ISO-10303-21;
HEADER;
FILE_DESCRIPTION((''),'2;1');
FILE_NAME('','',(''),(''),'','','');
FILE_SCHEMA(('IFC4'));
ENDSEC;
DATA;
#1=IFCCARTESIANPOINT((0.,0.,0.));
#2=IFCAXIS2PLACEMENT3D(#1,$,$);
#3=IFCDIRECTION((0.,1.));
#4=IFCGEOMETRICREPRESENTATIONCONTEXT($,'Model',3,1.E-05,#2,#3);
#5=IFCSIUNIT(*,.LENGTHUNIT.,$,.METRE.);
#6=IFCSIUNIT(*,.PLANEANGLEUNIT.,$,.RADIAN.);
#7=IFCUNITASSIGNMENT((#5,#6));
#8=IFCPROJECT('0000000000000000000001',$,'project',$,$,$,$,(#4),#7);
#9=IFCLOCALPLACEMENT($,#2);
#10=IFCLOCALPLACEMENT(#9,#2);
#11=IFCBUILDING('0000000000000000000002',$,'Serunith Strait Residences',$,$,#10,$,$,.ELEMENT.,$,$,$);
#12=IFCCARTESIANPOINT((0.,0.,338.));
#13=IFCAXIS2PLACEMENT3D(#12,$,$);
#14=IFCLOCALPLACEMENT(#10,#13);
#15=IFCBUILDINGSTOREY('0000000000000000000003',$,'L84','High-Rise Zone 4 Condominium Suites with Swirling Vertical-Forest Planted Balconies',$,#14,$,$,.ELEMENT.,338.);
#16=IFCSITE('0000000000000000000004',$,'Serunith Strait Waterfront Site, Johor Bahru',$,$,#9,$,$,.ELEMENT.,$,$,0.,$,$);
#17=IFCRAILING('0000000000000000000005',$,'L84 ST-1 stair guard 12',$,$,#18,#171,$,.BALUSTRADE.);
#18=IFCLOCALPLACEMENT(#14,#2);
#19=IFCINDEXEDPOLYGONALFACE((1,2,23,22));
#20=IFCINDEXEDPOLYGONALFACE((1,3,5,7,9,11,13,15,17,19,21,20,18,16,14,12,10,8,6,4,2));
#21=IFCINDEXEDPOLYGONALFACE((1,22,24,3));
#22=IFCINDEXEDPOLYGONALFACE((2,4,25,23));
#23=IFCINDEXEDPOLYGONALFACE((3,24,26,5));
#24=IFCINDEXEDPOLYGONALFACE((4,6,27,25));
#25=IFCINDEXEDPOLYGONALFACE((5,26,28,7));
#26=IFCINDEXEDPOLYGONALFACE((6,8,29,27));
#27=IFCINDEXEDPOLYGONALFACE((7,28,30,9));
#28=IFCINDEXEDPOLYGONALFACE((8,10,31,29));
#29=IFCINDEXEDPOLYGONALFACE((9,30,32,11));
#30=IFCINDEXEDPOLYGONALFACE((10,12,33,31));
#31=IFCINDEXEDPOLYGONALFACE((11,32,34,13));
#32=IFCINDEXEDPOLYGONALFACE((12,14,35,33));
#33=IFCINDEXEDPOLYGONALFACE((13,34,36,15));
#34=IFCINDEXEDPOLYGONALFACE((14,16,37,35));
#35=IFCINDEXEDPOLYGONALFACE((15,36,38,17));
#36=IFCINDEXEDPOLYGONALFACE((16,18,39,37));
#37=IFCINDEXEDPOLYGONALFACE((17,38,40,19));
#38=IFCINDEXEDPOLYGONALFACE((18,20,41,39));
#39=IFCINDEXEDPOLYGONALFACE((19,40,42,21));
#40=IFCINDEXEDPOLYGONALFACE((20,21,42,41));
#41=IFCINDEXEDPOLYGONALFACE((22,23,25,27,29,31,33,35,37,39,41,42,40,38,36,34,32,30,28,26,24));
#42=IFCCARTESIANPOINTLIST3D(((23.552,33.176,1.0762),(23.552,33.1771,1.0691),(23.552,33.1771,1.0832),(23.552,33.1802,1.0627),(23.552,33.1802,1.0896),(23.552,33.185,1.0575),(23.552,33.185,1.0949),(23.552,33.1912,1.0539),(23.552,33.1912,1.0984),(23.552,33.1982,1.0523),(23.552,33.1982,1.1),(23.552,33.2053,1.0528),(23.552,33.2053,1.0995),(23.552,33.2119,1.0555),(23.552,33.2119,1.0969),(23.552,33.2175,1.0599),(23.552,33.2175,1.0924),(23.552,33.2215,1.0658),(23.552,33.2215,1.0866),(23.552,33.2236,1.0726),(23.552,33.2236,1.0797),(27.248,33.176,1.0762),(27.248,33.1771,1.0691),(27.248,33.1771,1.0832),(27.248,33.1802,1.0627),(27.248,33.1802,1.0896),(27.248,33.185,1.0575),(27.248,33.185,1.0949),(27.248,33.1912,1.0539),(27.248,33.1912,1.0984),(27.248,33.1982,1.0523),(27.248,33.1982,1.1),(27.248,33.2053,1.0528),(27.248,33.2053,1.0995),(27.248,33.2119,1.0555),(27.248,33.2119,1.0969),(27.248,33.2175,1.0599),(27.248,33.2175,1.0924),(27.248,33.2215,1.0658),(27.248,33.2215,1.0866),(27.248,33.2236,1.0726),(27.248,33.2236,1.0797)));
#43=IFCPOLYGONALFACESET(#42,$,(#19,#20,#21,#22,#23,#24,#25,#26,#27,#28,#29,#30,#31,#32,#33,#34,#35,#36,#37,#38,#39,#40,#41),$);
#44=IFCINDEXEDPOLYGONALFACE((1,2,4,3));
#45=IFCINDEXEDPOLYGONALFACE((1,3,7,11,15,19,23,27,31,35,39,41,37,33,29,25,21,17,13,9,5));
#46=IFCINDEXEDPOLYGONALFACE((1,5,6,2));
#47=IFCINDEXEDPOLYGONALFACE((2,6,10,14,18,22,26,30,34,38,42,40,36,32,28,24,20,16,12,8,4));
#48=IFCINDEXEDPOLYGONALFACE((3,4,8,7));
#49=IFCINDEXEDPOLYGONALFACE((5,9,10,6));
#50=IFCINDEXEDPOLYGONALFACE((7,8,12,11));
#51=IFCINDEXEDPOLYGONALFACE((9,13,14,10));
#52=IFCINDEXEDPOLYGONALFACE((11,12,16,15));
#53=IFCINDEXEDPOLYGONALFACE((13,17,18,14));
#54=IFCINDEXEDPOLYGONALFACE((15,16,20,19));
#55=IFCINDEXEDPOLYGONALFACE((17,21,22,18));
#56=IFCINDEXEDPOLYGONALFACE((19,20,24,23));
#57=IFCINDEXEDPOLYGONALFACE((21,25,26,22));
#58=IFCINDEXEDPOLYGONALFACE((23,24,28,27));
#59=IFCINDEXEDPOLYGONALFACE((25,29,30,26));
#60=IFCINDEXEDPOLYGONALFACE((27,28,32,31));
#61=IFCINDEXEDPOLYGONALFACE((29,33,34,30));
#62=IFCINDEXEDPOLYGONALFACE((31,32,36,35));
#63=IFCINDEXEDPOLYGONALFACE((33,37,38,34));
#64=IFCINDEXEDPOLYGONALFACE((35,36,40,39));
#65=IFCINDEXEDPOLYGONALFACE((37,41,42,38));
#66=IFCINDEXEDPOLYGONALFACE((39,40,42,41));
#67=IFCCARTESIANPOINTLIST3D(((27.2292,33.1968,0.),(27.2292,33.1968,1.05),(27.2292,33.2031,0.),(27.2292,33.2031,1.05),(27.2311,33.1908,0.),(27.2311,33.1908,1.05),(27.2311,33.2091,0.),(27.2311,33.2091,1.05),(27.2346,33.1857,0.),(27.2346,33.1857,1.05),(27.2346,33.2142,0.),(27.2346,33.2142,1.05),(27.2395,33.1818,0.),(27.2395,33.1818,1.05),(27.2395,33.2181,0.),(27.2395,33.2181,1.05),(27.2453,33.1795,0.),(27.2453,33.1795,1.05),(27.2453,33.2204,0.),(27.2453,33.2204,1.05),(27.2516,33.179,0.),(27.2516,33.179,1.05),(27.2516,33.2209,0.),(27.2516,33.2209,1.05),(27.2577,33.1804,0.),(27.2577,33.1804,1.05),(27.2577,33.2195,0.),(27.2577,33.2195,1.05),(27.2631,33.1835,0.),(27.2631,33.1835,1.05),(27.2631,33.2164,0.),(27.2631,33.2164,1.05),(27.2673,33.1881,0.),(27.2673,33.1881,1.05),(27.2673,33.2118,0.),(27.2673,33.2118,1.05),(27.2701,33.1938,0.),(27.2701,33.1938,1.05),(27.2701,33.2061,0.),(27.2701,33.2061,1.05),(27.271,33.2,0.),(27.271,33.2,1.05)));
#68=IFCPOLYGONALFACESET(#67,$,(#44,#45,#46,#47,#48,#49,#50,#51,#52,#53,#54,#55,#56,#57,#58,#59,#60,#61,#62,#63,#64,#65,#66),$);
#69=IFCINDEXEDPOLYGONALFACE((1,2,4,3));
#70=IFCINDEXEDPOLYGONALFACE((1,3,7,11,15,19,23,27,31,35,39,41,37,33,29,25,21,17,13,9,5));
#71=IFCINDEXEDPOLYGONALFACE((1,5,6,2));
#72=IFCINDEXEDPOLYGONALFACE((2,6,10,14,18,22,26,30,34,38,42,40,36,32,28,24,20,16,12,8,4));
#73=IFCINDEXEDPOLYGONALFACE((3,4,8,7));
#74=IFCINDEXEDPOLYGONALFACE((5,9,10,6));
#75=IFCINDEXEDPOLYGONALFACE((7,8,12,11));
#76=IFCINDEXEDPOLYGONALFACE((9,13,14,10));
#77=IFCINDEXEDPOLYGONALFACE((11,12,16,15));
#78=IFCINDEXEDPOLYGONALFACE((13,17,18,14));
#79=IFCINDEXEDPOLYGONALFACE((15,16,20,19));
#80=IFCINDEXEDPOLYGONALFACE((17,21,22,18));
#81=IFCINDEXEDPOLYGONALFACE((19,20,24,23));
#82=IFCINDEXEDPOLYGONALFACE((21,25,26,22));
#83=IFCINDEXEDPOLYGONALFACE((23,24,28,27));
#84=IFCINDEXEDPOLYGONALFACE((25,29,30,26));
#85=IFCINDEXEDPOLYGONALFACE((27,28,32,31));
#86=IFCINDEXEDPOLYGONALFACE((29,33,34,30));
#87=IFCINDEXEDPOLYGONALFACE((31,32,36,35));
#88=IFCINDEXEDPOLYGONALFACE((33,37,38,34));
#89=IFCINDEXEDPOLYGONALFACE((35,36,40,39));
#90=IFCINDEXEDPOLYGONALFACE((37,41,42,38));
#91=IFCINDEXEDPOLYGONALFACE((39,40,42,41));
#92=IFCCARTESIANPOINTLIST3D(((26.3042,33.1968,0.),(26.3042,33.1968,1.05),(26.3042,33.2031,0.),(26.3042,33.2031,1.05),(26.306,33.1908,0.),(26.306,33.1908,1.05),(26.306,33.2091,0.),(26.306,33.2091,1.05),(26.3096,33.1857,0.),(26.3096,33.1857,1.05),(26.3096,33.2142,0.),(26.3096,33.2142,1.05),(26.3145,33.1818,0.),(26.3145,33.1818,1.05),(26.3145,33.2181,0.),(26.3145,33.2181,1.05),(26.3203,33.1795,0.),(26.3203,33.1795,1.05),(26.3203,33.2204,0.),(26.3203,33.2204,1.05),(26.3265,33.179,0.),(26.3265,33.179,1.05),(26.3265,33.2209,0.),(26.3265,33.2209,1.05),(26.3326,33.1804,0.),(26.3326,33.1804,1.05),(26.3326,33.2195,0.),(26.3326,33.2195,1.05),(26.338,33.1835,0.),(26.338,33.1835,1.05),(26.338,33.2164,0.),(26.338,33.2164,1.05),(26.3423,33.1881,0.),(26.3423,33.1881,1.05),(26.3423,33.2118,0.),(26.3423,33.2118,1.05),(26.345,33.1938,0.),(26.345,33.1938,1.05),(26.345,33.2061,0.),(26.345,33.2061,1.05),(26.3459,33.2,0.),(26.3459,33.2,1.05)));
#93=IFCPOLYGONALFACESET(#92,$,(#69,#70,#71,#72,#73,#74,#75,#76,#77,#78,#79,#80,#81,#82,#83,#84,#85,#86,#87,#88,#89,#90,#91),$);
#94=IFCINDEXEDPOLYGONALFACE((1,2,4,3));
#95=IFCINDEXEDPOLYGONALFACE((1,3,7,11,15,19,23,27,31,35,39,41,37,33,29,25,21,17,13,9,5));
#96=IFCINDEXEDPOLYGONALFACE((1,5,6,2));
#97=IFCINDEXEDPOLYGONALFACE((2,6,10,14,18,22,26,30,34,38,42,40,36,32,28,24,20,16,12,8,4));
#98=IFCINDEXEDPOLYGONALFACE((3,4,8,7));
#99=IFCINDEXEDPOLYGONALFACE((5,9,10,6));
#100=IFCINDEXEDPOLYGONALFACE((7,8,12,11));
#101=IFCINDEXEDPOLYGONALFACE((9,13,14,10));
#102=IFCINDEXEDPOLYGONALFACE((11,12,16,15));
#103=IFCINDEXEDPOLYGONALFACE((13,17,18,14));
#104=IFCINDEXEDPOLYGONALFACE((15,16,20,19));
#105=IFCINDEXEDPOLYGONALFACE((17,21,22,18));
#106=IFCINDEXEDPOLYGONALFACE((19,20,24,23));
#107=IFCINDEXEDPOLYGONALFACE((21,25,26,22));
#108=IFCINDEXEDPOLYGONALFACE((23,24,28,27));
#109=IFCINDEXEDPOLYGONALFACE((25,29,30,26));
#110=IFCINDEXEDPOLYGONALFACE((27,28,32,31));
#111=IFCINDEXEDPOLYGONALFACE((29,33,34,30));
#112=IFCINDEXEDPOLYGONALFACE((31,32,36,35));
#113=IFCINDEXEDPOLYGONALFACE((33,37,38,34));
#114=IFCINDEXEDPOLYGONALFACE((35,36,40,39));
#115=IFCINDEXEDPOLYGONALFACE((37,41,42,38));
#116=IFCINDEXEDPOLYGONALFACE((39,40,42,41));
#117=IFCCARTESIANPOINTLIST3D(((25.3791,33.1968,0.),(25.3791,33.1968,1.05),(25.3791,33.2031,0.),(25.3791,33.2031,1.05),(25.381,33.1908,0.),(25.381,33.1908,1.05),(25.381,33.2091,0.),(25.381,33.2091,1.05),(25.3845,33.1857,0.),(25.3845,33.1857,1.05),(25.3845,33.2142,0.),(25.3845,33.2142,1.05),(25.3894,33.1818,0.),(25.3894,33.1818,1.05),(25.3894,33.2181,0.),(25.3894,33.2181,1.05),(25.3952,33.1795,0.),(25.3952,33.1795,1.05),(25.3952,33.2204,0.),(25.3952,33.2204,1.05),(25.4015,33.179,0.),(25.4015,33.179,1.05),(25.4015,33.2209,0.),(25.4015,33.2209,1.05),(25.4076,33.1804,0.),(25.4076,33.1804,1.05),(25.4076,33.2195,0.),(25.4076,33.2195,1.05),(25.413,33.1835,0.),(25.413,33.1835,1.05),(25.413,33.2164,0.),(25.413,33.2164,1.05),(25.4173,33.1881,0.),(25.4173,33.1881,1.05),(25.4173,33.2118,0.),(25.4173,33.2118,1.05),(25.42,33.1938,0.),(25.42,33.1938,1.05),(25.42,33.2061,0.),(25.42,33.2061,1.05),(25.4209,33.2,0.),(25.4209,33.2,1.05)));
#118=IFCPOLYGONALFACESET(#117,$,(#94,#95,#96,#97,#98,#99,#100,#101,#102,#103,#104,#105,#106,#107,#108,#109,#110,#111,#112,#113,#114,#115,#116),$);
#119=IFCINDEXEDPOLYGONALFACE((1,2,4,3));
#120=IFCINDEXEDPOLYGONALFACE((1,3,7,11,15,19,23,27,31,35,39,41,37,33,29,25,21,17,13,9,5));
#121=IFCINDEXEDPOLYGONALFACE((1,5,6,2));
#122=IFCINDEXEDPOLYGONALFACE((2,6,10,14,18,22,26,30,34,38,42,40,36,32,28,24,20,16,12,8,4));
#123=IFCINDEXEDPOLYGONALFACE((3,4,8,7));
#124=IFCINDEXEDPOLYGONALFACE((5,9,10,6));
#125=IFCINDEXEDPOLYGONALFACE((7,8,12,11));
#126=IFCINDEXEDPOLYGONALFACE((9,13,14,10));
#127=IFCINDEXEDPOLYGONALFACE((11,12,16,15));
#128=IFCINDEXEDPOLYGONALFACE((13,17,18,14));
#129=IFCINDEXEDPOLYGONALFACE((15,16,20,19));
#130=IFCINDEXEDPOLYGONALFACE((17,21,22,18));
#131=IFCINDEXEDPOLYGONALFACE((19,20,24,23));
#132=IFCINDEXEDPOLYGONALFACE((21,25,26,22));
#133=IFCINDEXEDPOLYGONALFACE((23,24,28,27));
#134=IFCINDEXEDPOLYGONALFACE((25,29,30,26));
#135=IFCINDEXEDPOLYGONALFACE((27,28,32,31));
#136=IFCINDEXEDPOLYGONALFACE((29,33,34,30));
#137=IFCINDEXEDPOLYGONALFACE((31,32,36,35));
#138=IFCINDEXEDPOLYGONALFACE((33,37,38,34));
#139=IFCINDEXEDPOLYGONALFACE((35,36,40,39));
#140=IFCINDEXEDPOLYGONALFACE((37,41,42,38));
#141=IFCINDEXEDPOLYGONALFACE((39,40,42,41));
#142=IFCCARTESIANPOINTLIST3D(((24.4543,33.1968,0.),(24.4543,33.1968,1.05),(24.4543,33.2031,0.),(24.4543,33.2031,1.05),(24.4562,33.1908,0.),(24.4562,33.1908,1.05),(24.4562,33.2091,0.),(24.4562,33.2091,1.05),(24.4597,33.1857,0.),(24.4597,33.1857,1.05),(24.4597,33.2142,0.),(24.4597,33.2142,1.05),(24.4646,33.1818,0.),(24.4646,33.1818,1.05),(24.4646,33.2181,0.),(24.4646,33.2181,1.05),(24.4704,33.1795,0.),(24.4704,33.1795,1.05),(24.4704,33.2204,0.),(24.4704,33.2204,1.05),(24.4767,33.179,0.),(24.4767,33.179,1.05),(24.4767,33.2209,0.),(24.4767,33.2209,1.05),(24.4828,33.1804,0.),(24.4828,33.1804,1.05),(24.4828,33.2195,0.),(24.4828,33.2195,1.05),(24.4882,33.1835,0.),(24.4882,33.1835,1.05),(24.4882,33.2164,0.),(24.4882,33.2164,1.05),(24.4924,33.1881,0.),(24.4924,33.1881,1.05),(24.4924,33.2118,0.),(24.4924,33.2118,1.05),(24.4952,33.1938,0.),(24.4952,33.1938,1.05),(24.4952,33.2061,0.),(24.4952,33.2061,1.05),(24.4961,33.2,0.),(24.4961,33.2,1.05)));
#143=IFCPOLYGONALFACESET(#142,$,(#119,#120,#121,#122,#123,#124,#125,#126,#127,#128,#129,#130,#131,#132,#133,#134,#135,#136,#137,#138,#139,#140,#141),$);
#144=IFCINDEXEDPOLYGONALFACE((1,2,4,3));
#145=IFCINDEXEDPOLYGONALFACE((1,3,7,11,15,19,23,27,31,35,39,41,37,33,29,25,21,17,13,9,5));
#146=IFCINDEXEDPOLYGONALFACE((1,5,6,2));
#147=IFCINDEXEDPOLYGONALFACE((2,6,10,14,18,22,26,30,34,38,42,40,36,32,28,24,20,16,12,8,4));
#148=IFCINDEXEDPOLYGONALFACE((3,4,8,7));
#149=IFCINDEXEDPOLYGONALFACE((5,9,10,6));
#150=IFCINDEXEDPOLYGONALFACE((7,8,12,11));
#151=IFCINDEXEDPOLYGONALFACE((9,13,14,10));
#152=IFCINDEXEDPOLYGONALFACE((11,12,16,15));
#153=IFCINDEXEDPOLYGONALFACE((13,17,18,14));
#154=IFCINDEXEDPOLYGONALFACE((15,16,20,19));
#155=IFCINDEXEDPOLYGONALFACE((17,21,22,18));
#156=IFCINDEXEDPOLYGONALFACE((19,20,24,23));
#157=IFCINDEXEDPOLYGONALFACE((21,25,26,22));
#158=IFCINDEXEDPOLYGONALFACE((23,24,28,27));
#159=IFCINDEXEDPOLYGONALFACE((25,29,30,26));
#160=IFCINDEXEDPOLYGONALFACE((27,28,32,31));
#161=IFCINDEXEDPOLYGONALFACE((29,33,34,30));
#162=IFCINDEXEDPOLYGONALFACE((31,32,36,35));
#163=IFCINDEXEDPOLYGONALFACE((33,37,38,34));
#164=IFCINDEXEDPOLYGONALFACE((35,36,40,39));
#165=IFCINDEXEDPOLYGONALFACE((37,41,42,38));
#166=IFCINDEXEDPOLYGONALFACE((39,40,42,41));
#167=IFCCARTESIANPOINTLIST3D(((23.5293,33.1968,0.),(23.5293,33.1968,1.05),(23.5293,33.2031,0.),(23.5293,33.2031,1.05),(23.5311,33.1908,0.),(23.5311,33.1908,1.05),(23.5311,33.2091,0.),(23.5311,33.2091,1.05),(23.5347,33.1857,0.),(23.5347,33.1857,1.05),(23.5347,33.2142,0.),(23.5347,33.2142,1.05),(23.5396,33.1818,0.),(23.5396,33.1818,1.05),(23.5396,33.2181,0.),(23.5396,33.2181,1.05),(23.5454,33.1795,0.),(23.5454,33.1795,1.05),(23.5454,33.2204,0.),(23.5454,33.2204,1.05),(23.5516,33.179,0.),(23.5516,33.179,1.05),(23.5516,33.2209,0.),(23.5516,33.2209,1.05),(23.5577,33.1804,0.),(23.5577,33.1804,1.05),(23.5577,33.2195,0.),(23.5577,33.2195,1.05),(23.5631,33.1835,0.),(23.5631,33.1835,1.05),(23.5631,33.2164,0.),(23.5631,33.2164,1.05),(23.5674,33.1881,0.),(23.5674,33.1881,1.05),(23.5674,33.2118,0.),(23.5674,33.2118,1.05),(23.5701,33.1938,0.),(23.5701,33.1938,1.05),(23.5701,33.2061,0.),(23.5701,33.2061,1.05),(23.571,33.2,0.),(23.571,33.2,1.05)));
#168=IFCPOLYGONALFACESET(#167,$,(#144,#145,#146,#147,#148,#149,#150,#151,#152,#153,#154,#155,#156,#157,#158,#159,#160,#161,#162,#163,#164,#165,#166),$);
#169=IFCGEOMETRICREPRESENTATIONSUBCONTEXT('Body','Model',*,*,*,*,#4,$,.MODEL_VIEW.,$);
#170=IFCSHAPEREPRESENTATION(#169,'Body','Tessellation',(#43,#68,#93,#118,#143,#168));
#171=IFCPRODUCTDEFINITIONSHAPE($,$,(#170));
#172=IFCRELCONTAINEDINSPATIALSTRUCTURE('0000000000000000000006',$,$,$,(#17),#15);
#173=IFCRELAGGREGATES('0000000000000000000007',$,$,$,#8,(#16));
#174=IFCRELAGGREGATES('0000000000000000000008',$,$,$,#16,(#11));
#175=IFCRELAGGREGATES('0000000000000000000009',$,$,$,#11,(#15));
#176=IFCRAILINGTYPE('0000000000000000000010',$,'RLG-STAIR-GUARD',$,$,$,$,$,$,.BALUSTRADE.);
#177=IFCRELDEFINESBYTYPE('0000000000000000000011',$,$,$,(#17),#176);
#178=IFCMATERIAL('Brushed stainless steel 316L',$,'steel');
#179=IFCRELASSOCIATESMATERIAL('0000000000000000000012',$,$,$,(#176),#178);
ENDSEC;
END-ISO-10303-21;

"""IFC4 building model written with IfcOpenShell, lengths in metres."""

from ifc_helpers import new_model, si_unit, direction, frame, origin, origin_2d, place, context, subcontext, project, spatial, circle, extrude, material, type_object, element, save


model = new_model("IFC4")

# Units and contexts
model_context = context("Model", 3, precision=1e-05, world=origin(), true_north=direction((0.0, 1.0)))
body_context = subcontext(model_context, "Body", "Model", "MODEL_VIEW")
ifc_project = project(units=[si_unit("LENGTHUNIT", "METRE"), si_unit("PLANEANGLEUNIT", "RADIAN")], contexts=[model_context])

# Site, building, storey
site_placement = place(None, origin())
site = spatial("IfcSite", under=ifc_project, at=site_placement, Name="Serunith Strait Waterfront Site, Johor Bahru", CompositionType="ELEMENT", RefElevation=0.0)
building_placement = place(site_placement, origin())
building = spatial("IfcBuilding", under=site, at=building_placement, Name="Serunith Strait Residences", CompositionType="ELEMENT")
storey_placement = place(building_placement, frame((0.0, 0.0, 338.0)))
storey = spatial("IfcBuildingStorey", under=building, at=storey_placement, Name="L84", Description="High-Rise Zone 4 Condominium Suites with Swirling Vertical-Forest Planted Balconies", CompositionType="ELEMENT", Elevation=338.0)

# Railing
ifc_material_1 = material(Name="Brushed stainless steel 316L", Category="steel")
railing_type_1 = type_object("IfcRailingType", Name="RLG-STAIR-GUARD", PredefinedType="BALUSTRADE", material=ifc_material_1)
railing_1_placement = place(storey_placement, frame((27.25, 33.2, 0.0)))
element("IfcRailing", 1, at=railing_1_placement, inside=storey, type_object=railing_type_1, Name="L84 ST-1 stair guard 12", PredefinedType="BALUSTRADE", context=body_context, shape_type="SweptSolid", body=[
    extrude(circle(Radius=0.0239, at=origin_2d()), frame((-0.002, 0.0, 1.0762), z_axis=(-1.0, 0.0, 0.0), x_axis=(0.0, -1.0, 0.0)), (0.0, 0.0, 1.0), 3.696),
    extrude(circle(Radius=0.021, at=origin_2d()), origin(), (0.0, 0.0, 1.0), 1.05),
    extrude(circle(Radius=0.021, at=origin_2d()), frame((-0.925, 0.0, 0.0)), (0.0, 0.0, 1.0), 1.05),
    extrude(circle(Radius=0.021, at=origin_2d()), frame((-1.8501, 0.0, 0.0)), (0.0, 0.0, 1.0), 1.05),
    extrude(circle(Radius=0.021, at=origin_2d()), frame((-2.7749, 0.0, 0.0)), (0.0, 0.0, 1.0), 1.05),
    extrude(circle(Radius=0.021, at=origin_2d()), frame((-3.7, 0.0, 0.0)), (0.0, 0.0, 1.0), 1.05),
])

save(model, "model.ifc")
